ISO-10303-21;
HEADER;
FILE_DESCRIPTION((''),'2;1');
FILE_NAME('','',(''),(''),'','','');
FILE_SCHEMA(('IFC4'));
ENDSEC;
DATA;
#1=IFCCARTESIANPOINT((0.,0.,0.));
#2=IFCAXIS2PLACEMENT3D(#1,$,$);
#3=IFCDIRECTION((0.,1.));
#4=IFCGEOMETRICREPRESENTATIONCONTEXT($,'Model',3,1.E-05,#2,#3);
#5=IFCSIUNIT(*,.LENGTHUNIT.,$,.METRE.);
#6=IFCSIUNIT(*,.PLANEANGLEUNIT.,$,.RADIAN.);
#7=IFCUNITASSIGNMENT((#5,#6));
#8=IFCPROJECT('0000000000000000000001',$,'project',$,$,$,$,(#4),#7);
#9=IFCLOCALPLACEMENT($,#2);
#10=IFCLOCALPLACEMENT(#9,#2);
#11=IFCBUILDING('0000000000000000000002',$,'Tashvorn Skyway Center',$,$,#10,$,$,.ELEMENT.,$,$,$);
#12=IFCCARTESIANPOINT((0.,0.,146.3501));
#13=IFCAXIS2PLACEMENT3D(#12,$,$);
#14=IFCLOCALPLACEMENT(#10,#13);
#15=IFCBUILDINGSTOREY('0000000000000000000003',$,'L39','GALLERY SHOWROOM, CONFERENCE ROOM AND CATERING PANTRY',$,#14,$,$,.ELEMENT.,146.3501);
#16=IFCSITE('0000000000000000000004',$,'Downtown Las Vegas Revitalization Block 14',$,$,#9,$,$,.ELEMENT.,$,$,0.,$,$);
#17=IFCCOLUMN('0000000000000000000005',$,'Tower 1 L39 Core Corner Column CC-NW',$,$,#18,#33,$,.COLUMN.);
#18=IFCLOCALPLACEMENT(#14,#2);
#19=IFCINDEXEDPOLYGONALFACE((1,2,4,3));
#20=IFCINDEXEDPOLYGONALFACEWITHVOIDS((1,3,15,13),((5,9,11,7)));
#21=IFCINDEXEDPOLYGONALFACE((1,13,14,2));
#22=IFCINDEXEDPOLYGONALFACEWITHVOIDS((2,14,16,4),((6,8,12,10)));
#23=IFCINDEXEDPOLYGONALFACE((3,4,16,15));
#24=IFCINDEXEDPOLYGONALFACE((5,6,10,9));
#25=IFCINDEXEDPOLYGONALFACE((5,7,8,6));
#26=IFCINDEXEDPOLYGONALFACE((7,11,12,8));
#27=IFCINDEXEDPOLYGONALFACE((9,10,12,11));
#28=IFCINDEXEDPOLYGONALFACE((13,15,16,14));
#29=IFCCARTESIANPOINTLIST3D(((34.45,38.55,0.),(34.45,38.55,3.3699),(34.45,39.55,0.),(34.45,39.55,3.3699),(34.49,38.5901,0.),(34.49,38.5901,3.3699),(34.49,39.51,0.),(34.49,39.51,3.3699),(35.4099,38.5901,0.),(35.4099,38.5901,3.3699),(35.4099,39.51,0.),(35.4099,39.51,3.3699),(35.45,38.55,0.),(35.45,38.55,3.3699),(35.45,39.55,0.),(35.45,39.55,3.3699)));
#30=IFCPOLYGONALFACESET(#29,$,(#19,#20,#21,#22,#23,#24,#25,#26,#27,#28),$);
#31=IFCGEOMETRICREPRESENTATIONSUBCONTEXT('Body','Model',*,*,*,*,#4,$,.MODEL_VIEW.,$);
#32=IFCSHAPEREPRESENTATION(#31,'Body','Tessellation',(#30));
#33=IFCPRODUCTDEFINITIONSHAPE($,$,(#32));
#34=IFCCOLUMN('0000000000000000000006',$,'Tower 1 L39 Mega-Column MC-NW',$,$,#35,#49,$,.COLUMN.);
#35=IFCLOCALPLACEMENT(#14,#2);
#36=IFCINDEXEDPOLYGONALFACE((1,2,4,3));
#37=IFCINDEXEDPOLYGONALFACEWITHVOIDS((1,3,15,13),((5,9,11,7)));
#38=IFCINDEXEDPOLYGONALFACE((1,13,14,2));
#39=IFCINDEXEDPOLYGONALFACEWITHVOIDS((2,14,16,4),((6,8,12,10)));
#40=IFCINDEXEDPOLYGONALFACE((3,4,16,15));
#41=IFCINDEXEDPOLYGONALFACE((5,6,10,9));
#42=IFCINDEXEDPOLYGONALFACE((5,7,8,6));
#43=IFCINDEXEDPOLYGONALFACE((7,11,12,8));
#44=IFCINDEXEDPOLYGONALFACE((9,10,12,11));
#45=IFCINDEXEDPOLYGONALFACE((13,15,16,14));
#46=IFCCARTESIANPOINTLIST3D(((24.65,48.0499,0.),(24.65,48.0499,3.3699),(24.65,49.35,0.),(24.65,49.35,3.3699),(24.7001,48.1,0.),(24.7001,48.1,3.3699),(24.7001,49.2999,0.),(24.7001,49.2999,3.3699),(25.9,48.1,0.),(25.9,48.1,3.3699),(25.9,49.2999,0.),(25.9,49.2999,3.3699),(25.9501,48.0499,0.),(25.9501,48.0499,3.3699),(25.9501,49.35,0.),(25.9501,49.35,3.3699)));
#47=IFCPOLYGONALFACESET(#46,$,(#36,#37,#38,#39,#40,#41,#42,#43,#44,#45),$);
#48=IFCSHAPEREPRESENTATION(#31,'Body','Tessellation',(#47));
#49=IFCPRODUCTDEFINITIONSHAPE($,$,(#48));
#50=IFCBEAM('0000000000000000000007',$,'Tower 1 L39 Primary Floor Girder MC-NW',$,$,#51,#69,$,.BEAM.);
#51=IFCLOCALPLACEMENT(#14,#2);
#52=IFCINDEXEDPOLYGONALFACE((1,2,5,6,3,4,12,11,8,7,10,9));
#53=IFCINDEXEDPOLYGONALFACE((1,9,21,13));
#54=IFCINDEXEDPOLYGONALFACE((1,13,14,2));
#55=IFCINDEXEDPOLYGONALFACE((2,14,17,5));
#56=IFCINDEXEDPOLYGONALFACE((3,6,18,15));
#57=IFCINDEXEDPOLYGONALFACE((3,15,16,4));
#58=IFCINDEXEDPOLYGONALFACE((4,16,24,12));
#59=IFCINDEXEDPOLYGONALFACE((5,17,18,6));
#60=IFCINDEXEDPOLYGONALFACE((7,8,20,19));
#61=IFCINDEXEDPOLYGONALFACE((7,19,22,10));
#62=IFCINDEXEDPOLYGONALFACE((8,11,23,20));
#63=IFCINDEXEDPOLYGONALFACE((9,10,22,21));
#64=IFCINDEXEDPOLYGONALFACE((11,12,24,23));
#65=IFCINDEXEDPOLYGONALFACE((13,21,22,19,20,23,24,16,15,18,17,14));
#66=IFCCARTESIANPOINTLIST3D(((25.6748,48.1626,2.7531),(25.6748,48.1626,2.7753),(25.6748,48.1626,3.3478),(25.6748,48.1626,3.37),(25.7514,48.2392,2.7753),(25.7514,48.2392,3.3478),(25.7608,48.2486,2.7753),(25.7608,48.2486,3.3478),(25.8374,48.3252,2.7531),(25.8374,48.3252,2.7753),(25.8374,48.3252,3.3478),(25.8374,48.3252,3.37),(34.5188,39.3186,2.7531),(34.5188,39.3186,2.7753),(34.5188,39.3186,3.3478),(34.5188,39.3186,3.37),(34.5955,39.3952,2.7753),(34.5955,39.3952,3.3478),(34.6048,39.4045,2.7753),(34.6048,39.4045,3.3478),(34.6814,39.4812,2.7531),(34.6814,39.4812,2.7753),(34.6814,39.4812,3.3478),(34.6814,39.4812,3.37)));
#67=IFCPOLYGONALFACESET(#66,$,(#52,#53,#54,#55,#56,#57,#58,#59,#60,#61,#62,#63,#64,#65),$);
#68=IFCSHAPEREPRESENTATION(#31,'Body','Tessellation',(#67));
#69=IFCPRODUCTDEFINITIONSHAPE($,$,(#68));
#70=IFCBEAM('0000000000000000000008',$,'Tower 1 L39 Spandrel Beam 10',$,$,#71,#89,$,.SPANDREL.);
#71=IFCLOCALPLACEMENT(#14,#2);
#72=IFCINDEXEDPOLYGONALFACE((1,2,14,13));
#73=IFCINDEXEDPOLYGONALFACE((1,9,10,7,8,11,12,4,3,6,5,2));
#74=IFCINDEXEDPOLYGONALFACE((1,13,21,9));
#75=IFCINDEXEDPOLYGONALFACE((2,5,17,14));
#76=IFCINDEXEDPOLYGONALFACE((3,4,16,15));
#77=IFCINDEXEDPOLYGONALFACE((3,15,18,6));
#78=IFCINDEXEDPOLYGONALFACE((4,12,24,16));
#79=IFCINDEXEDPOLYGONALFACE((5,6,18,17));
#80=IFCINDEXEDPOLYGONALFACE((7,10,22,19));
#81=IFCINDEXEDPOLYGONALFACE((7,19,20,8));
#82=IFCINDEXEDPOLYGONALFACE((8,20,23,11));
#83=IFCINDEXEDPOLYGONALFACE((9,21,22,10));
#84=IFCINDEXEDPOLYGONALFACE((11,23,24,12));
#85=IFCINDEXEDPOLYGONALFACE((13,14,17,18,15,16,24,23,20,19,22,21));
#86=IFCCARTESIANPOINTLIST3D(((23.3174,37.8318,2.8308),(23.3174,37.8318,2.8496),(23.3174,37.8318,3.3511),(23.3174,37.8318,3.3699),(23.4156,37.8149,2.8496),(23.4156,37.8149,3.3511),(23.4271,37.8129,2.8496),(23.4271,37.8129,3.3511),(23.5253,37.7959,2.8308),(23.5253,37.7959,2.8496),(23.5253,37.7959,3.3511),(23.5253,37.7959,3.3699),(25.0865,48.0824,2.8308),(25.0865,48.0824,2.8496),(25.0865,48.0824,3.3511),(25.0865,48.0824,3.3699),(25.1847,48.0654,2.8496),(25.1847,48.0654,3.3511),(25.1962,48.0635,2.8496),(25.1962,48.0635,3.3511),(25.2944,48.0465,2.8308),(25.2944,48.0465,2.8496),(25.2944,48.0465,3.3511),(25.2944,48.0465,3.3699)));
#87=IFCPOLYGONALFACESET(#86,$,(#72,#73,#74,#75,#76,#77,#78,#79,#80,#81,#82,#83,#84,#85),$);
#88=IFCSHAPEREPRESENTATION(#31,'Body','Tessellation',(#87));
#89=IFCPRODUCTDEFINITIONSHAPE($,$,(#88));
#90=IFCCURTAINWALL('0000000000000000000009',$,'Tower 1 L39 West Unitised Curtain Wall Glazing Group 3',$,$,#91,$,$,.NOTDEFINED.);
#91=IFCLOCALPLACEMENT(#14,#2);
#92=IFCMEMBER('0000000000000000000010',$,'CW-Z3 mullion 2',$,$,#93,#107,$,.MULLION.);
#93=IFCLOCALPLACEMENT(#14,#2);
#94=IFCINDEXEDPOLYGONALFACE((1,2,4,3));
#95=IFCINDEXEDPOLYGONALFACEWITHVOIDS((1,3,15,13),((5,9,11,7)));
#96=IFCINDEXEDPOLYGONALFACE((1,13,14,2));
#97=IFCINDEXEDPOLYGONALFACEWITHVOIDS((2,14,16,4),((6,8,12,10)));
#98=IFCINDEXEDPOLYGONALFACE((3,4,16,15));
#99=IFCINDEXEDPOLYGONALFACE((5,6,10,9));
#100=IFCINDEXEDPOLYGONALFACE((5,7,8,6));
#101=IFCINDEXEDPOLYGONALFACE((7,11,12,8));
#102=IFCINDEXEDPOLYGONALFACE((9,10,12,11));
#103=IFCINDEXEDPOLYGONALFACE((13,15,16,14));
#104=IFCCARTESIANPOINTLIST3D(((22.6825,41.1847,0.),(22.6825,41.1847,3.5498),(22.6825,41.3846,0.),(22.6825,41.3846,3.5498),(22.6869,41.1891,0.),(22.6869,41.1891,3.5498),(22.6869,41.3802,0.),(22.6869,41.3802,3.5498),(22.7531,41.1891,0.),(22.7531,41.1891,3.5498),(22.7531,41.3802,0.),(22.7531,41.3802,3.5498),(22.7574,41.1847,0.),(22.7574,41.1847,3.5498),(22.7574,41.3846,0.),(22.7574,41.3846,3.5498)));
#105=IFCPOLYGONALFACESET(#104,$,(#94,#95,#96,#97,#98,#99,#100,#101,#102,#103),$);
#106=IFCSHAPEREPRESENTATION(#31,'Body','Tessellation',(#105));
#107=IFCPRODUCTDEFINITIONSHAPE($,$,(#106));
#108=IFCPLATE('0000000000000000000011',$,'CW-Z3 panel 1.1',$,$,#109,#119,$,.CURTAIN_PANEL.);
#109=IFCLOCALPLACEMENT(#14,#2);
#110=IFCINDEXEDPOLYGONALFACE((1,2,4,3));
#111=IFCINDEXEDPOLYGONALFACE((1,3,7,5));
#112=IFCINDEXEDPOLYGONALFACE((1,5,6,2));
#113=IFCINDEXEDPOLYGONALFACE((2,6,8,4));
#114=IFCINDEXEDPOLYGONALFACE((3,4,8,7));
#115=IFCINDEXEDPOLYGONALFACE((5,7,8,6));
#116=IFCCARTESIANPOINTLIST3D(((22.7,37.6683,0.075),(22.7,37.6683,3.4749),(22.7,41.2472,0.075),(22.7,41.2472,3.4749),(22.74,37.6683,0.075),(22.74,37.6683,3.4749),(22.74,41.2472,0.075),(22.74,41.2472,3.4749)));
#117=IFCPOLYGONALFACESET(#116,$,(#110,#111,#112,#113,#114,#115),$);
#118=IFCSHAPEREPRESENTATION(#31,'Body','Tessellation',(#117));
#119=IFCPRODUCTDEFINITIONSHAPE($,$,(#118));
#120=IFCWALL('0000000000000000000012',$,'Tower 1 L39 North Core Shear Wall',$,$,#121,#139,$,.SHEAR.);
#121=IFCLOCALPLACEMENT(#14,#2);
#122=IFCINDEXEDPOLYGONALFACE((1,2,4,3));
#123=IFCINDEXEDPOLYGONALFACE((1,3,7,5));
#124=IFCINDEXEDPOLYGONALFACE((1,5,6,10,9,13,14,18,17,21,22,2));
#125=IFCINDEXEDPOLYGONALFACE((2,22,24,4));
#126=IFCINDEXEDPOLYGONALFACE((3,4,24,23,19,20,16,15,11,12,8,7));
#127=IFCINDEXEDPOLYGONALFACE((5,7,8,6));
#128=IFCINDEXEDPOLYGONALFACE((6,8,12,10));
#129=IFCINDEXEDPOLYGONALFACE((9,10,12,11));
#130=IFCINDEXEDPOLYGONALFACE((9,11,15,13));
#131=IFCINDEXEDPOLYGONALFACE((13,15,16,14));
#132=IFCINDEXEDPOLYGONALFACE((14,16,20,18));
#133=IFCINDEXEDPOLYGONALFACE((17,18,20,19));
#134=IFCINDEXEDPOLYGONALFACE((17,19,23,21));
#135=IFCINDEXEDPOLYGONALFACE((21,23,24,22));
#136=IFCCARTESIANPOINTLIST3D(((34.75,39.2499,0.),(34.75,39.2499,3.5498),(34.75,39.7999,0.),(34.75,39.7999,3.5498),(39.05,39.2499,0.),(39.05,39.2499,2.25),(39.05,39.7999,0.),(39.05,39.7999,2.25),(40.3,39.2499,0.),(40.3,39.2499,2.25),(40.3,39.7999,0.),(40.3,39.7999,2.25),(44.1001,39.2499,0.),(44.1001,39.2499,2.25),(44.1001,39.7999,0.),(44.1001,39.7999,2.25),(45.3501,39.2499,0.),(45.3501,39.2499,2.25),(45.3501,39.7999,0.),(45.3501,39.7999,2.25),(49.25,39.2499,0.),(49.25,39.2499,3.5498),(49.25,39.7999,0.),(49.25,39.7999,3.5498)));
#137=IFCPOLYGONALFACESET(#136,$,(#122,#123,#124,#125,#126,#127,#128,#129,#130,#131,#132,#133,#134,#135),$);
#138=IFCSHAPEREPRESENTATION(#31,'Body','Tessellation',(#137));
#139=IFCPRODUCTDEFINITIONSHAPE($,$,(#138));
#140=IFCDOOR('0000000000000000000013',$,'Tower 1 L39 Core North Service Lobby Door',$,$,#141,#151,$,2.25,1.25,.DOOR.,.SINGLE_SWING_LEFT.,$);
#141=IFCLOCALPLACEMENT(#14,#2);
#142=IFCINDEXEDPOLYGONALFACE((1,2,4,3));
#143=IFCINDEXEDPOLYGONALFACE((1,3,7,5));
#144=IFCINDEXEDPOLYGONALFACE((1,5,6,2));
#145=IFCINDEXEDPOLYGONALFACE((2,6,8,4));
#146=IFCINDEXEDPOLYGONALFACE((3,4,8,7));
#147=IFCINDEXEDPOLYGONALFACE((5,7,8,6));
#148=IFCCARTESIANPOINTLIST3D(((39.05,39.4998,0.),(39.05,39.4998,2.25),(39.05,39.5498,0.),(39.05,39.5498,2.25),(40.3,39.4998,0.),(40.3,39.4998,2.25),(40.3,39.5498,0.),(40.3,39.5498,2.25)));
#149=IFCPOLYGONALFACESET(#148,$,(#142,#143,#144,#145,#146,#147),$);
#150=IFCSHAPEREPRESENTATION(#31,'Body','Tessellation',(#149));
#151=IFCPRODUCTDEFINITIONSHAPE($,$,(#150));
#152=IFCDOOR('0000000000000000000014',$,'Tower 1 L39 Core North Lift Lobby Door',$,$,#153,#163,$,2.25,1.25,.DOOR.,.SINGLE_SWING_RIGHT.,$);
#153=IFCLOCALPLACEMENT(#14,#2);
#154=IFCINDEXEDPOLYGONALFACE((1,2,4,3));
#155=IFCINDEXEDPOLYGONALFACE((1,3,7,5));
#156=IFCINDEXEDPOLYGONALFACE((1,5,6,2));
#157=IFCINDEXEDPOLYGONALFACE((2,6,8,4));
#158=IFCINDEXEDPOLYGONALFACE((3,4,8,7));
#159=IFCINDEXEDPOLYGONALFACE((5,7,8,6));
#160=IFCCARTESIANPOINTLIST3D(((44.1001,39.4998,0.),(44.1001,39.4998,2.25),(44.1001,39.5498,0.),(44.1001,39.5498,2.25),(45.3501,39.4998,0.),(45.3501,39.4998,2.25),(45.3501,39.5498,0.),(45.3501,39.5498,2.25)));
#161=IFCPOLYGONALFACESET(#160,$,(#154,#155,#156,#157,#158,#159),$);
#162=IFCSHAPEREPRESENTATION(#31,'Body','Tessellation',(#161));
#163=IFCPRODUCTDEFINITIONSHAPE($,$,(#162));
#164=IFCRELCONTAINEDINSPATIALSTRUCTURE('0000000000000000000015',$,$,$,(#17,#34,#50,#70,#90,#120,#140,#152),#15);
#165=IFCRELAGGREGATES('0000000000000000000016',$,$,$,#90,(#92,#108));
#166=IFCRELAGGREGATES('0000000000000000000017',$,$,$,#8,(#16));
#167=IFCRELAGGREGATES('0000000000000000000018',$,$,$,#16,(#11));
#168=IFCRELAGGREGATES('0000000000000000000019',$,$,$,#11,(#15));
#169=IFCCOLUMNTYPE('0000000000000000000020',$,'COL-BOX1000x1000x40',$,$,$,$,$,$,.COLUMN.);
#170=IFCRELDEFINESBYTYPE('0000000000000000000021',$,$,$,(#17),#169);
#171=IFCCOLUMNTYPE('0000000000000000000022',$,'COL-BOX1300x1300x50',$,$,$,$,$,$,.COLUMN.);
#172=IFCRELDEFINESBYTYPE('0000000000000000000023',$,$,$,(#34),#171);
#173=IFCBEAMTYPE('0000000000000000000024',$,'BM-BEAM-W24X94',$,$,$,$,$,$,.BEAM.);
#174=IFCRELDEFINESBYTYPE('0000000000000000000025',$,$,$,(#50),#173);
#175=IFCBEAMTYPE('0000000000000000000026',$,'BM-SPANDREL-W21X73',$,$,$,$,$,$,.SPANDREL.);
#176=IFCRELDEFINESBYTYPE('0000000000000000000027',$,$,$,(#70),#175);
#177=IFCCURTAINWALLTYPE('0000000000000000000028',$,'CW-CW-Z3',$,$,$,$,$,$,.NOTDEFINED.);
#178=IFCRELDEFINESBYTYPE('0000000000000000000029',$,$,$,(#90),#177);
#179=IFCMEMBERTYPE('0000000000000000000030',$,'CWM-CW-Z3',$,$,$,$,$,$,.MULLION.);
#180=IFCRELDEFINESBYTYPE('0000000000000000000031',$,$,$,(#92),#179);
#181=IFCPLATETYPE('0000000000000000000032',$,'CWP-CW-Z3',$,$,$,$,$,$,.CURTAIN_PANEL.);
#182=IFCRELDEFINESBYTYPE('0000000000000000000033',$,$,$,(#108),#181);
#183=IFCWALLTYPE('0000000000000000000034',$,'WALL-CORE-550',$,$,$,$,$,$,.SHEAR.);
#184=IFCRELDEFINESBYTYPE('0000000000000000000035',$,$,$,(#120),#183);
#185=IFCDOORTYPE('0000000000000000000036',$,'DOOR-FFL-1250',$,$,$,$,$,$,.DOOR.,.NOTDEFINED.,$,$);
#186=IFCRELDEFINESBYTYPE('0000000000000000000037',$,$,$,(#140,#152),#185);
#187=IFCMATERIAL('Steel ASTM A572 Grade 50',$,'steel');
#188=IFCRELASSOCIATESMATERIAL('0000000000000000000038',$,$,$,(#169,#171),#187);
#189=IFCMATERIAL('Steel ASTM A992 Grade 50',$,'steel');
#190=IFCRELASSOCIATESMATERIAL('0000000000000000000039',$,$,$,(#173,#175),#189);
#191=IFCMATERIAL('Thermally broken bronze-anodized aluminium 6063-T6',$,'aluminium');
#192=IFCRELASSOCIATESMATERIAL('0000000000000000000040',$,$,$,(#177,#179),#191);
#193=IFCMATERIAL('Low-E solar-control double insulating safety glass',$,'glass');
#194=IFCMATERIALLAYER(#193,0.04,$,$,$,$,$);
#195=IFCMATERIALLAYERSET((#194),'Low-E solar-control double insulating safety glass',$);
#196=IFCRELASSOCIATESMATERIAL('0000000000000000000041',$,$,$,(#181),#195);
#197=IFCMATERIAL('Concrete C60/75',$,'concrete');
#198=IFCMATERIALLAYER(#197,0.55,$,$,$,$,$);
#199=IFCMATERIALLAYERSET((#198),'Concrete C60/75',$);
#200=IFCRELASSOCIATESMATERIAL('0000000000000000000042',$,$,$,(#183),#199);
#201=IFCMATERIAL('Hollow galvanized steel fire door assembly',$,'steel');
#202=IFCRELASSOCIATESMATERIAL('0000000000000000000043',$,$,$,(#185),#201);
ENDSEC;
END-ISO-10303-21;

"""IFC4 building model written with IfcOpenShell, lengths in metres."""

from ifc_helpers import new_model, si_unit, direction, frame, frame_2d, origin, origin_2d, place, context, subcontext, project, spatial, rectangle, hollow_rectangle, i_section, extrude, material, layer, layer_set, material_profile, profile_set, type_object, element, fill, aggregate, save


model = new_model("IFC4")

# Units and contexts
model_context = context("Model", 3, precision=1e-05, world=origin(), true_north=direction((0.0, 1.0)))
body_context = subcontext(model_context, "Body", "Model", "MODEL_VIEW")
ifc_project = project(units=[si_unit("LENGTHUNIT", "METRE"), si_unit("PLANEANGLEUNIT", "RADIAN")], contexts=[model_context])

# Site, building, storey
site_placement = place(None, origin())
site = spatial("IfcSite", under=ifc_project, at=site_placement, Name="Downtown Las Vegas Revitalization Block 14", CompositionType="ELEMENT", RefElevation=0.0)
building_placement = place(site_placement, origin())
building = spatial("IfcBuilding", under=site, at=building_placement, Name="Tashvorn Skyway Center", CompositionType="ELEMENT")
storey_placement = place(building_placement, frame((0.0, 0.0, 146.3501)))
storey = spatial("IfcBuildingStorey", under=building, at=storey_placement, Name="L39", Description="GALLERY SHOWROOM, CONFERENCE ROOM AND CATERING PANTRY", CompositionType="ELEMENT", Elevation=146.3501)

# Columns
ifc_material_1 = material(Name="Steel ASTM A572 Grade 50", Category="steel")
ifc_material_profile_1 = material_profile(ifc_material_1, hollow_rectangle(XDim=1.0, YDim=1.0, WallThickness=0.04, at=origin_2d()), Name="BOX1000x1000x40")
ifc_profile_set_1 = profile_set([ifc_material_profile_1], Name="Steel ASTM A572 Grade 50")
column_type_1 = type_object("IfcColumnType", Name="COL-BOX1000x1000x40", PredefinedType="COLUMN", material=ifc_profile_set_1)
column_1_placement = place(storey_placement, frame((34.95, 39.05, 0.0), z_axis=(0.0, 0.0, 1.0), x_axis=(1.0, 0.0, 0.0)))
element("IfcColumn", 1, at=column_1_placement, inside=storey, type_object=column_type_1, Name="Tower 1 L39 Core Corner Column CC-NW", PredefinedType="COLUMN", context=body_context, shape_type="SweptSolid", body=[
    extrude(hollow_rectangle(XDim=1.0, YDim=1.0, WallThickness=0.04, at=origin_2d()), origin(), (0.0, 0.0, 1.0), 3.3699),
])
ifc_material_profile_2 = material_profile(ifc_material_1, hollow_rectangle(XDim=1.3, YDim=1.3, WallThickness=0.05, at=origin_2d()), Name="BOX1300x1300x50")
ifc_profile_set_2 = profile_set([ifc_material_profile_2], Name="Steel ASTM A572 Grade 50")
column_type_2 = type_object("IfcColumnType", Name="COL-BOX1300x1300x50", PredefinedType="COLUMN", material=ifc_profile_set_2)
column_2_placement = place(storey_placement, frame((25.3, 48.7, 0.0), z_axis=(0.0, 0.0, 1.0), x_axis=(1.0, 0.0, 0.0)))
element("IfcColumn", 2, at=column_2_placement, inside=storey, type_object=column_type_2, Name="Tower 1 L39 Mega-Column MC-NW", PredefinedType="COLUMN", context=body_context, shape_type="SweptSolid", body=[
    extrude(hollow_rectangle(XDim=1.3, YDim=1.3, WallThickness=0.05, at=origin_2d()), origin(), (0.0, 0.0, 1.0), 3.3699),
])

# Beams
ifc_material_2 = material(Name="Steel ASTM A992 Grade 50", Category="steel")
ifc_material_profile_3 = material_profile(ifc_material_2, i_section(OverallWidth=0.23, OverallDepth=0.6169, WebThickness=0.0132, FlangeThickness=0.0222, at=origin_2d()), Name="W24X94")
ifc_profile_set_3 = profile_set([ifc_material_profile_3], Name="Steel ASTM A992 Grade 50")
beam_type_1 = type_object("IfcBeamType", Name="BM-BEAM-W24X94", PredefinedType="BEAM", material=ifc_profile_set_3)
beam_1_placement = place(storey_placement, frame((25.7561, 48.2439, 3.0615), z_axis=(0.707107, -0.707107, 0.0), x_axis=(0.707107, 0.707107, 0.0)))
element("IfcBeam", 3, at=beam_1_placement, inside=storey, type_object=beam_type_1, Name="Tower 1 L39 Primary Floor Girder MC-NW", PredefinedType="BEAM", context=body_context, shape_type="SweptSolid", body=[
    extrude(i_section(OverallWidth=0.23, OverallDepth=0.6169, WebThickness=0.0132, FlangeThickness=0.0222, at=origin_2d()), origin(), (0.0, 0.0, 1.0), 12.5073),
])
ifc_material_profile_4 = material_profile(ifc_material_2, i_section(OverallWidth=0.2109, OverallDepth=0.5391, WebThickness=0.0117, FlangeThickness=0.0188, at=origin_2d()), Name="W21X73")
ifc_profile_set_4 = profile_set([ifc_material_profile_4], Name="Steel ASTM A992 Grade 50")
beam_type_2 = type_object("IfcBeamType", Name="BM-SPANDREL-W21X73", PredefinedType="SPANDREL", material=ifc_profile_set_4)
beam_2_placement = place(storey_placement, frame((25.1904, 48.0645, 3.1003), z_axis=(-0.170067, -0.985432, 0.0), x_axis=(0.985432, -0.170067, 0.0)))
element("IfcBeam", 4, at=beam_2_placement, inside=storey, type_object=beam_type_2, Name="Tower 1 L39 Spandrel Beam 10", PredefinedType="SPANDREL", context=body_context, shape_type="SweptSolid", body=[
    extrude(i_section(OverallWidth=0.2109, OverallDepth=0.5391, WebThickness=0.0117, FlangeThickness=0.0188, at=origin_2d()), origin(), (0.0, 0.0, 1.0), 10.4021),
])

# Curtain wall, member, plate
ifc_material_3 = material(Name="Thermally broken bronze-anodized aluminium 6063-T6", Category="aluminium")
curtain_wall_type = type_object("IfcCurtainWallType", Name="CW-CW-Z3", PredefinedType="NOTDEFINED", material=ifc_material_3)
curtain_wall_placement = place(storey_placement, origin())
curtain_wall = element("IfcCurtainWall", 5, at=curtain_wall_placement, inside=storey, type_object=curtain_wall_type, Name="Tower 1 L39 West Unitised Curtain Wall Glazing Group 3", PredefinedType="NOTDEFINED")
ifc_material_profile_5 = material_profile(ifc_material_3, hollow_rectangle(XDim=0.075, YDim=0.2, WallThickness=0.0044, at=origin_2d()), Name="ALU-MULL-75x200")
ifc_profile_set_5 = profile_set([ifc_material_profile_5], Name="Thermally broken bronze-anodized aluminium 6063-T6")
member_type = type_object("IfcMemberType", Name="CWM-CW-Z3", PredefinedType="MULLION", material=ifc_profile_set_5)
member_placement = place(storey_placement, frame((22.72, 41.2847, 0.0), z_axis=(0.0, 0.0, 1.0), x_axis=(-1.0, 0.0, 0.0)))
member = element("IfcMember", 6, at=member_placement, type_object=member_type, Name="CW-Z3 mullion 2", PredefinedType="MULLION", context=body_context, shape_type="SweptSolid", body=[
    extrude(hollow_rectangle(XDim=0.075, YDim=0.2, WallThickness=0.0044, at=origin_2d()), origin(), (0.0, 0.0, 1.0), 3.5498),
])
ifc_material_4 = material(Name="Low-E solar-control double insulating safety glass", Category="glass")
ifc_layer_1 = layer(ifc_material_4, 0.04)
ifc_layer_set_1 = layer_set([ifc_layer_1], Name="Low-E solar-control double insulating safety glass")
plate_type = type_object("IfcPlateType", Name="CWP-CW-Z3", PredefinedType="CURTAIN_PANEL", material=ifc_layer_set_1)
plate_placement = place(storey_placement, frame((22.72, 39.4578, 0.075), z_axis=(0.0, 0.0, 1.0), x_axis=(0.0, 1.0, 0.0)))
plate = element("IfcPlate", 7, at=plate_placement, type_object=plate_type, Name="CW-Z3 panel 1.1", PredefinedType="CURTAIN_PANEL", context=body_context, shape_type="SweptSolid", body=[
    extrude(rectangle(XDim=3.5789, YDim=0.04, at=origin_2d()), origin(), (0.0, 0.0, 1.0), 3.3999),
])
aggregate(curtain_wall, [member, plate])

# Wall, openings, doors
ifc_material_5 = material(Name="Concrete C60/75", Category="concrete")
ifc_layer_2 = layer(ifc_material_5, 0.55)
ifc_layer_set_2 = layer_set([ifc_layer_2], Name="Concrete C60/75")
wall_type_1 = type_object("IfcWallType", Name="WALL-CORE-550", PredefinedType="SHEAR", material=ifc_layer_set_2)
wall_1_placement = place(storey_placement, frame((34.75, 39.5249, 0.0), z_axis=(0.0, 0.0, 1.0), x_axis=(1.0, 0.0, 0.0)))
wall_1 = element("IfcWall", 8, at=wall_1_placement, inside=storey, type_object=wall_type_1, Name="Tower 1 L39 North Core Shear Wall", PredefinedType="SHEAR", context=body_context, shape_type="SweptSolid", body=[
    extrude(rectangle(XDim=14.5, YDim=0.55, at=frame_2d((7.25, 0.0))), origin(), (0.0, 0.0, 1.0), 3.5498),
])
opening_1_placement = place(wall_1_placement, frame((4.3, 0.0, 0.0)))
opening_1 = element("IfcOpeningElement", 9, at=opening_1_placement, cuts=wall_1, PredefinedType="OPENING", context=body_context, shape_type="SweptSolid", body=[
    extrude(rectangle(XDim=1.25, YDim=2.25, at=frame_2d((0.625, 1.125))), frame((0.0, 0.2849, 0.0), z_axis=(0.0, -1.0, 0.0), x_axis=(1.0, 0.0, 0.0)), (0.0, 0.0, 1.0), 0.5701),
])
opening_2_placement = place(wall_1_placement, frame((9.3501, 0.0, 0.0)))
opening_2 = element("IfcOpeningElement", 10, at=opening_2_placement, cuts=wall_1, PredefinedType="OPENING", context=body_context, shape_type="SweptSolid", body=[
    extrude(rectangle(XDim=1.25, YDim=2.25, at=frame_2d((0.625, 1.125))), frame((0.0, 0.2849, 0.0), z_axis=(0.0, -1.0, 0.0), x_axis=(1.0, 0.0, 0.0)), (0.0, 0.0, 1.0), 0.5701),
])
ifc_material_6 = material(Name="Hollow galvanized steel fire door assembly", Category="steel")
door_type_1 = type_object("IfcDoorType", Name="DOOR-FFL-1250", OperationType="NOTDEFINED", PredefinedType="DOOR", material=ifc_material_6)
door_1_placement = place(opening_1_placement, origin())
door_1 = element("IfcDoor", 11, at=door_1_placement, inside=storey, type_object=door_type_1, Name="Tower 1 L39 Core North Service Lobby Door", OperationType="SINGLE_SWING_LEFT", OverallHeight=2.25, OverallWidth=1.25, PredefinedType="DOOR", context=body_context, shape_type="SweptSolid", body=[
    extrude(rectangle(XDim=1.25, YDim=2.25, at=frame_2d((0.625, 1.125))), frame((0.0, 0.0249, 0.0), z_axis=(0.0, -1.0, 0.0), x_axis=(1.0, 0.0, 0.0)), (0.0, 0.0, 1.0), 0.05),
])
fill(opening_1, door_1)
door_2_placement = place(opening_2_placement, origin())
door_2 = element("IfcDoor", 12, at=door_2_placement, inside=storey, type_object=door_type_1, Name="Tower 1 L39 Core North Lift Lobby Door", OperationType="SINGLE_SWING_RIGHT", OverallHeight=2.25, OverallWidth=1.25, PredefinedType="DOOR", context=body_context, shape_type="SweptSolid", body=[
    extrude(rectangle(XDim=1.25, YDim=2.25, at=frame_2d((0.625, 1.125))), frame((0.0, 0.0249, 0.0), z_axis=(0.0, -1.0, 0.0), x_axis=(1.0, 0.0, 0.0)), (0.0, 0.0, 1.0), 0.05),
])
fill(opening_2, door_2)

save(model, "model.ifc")
